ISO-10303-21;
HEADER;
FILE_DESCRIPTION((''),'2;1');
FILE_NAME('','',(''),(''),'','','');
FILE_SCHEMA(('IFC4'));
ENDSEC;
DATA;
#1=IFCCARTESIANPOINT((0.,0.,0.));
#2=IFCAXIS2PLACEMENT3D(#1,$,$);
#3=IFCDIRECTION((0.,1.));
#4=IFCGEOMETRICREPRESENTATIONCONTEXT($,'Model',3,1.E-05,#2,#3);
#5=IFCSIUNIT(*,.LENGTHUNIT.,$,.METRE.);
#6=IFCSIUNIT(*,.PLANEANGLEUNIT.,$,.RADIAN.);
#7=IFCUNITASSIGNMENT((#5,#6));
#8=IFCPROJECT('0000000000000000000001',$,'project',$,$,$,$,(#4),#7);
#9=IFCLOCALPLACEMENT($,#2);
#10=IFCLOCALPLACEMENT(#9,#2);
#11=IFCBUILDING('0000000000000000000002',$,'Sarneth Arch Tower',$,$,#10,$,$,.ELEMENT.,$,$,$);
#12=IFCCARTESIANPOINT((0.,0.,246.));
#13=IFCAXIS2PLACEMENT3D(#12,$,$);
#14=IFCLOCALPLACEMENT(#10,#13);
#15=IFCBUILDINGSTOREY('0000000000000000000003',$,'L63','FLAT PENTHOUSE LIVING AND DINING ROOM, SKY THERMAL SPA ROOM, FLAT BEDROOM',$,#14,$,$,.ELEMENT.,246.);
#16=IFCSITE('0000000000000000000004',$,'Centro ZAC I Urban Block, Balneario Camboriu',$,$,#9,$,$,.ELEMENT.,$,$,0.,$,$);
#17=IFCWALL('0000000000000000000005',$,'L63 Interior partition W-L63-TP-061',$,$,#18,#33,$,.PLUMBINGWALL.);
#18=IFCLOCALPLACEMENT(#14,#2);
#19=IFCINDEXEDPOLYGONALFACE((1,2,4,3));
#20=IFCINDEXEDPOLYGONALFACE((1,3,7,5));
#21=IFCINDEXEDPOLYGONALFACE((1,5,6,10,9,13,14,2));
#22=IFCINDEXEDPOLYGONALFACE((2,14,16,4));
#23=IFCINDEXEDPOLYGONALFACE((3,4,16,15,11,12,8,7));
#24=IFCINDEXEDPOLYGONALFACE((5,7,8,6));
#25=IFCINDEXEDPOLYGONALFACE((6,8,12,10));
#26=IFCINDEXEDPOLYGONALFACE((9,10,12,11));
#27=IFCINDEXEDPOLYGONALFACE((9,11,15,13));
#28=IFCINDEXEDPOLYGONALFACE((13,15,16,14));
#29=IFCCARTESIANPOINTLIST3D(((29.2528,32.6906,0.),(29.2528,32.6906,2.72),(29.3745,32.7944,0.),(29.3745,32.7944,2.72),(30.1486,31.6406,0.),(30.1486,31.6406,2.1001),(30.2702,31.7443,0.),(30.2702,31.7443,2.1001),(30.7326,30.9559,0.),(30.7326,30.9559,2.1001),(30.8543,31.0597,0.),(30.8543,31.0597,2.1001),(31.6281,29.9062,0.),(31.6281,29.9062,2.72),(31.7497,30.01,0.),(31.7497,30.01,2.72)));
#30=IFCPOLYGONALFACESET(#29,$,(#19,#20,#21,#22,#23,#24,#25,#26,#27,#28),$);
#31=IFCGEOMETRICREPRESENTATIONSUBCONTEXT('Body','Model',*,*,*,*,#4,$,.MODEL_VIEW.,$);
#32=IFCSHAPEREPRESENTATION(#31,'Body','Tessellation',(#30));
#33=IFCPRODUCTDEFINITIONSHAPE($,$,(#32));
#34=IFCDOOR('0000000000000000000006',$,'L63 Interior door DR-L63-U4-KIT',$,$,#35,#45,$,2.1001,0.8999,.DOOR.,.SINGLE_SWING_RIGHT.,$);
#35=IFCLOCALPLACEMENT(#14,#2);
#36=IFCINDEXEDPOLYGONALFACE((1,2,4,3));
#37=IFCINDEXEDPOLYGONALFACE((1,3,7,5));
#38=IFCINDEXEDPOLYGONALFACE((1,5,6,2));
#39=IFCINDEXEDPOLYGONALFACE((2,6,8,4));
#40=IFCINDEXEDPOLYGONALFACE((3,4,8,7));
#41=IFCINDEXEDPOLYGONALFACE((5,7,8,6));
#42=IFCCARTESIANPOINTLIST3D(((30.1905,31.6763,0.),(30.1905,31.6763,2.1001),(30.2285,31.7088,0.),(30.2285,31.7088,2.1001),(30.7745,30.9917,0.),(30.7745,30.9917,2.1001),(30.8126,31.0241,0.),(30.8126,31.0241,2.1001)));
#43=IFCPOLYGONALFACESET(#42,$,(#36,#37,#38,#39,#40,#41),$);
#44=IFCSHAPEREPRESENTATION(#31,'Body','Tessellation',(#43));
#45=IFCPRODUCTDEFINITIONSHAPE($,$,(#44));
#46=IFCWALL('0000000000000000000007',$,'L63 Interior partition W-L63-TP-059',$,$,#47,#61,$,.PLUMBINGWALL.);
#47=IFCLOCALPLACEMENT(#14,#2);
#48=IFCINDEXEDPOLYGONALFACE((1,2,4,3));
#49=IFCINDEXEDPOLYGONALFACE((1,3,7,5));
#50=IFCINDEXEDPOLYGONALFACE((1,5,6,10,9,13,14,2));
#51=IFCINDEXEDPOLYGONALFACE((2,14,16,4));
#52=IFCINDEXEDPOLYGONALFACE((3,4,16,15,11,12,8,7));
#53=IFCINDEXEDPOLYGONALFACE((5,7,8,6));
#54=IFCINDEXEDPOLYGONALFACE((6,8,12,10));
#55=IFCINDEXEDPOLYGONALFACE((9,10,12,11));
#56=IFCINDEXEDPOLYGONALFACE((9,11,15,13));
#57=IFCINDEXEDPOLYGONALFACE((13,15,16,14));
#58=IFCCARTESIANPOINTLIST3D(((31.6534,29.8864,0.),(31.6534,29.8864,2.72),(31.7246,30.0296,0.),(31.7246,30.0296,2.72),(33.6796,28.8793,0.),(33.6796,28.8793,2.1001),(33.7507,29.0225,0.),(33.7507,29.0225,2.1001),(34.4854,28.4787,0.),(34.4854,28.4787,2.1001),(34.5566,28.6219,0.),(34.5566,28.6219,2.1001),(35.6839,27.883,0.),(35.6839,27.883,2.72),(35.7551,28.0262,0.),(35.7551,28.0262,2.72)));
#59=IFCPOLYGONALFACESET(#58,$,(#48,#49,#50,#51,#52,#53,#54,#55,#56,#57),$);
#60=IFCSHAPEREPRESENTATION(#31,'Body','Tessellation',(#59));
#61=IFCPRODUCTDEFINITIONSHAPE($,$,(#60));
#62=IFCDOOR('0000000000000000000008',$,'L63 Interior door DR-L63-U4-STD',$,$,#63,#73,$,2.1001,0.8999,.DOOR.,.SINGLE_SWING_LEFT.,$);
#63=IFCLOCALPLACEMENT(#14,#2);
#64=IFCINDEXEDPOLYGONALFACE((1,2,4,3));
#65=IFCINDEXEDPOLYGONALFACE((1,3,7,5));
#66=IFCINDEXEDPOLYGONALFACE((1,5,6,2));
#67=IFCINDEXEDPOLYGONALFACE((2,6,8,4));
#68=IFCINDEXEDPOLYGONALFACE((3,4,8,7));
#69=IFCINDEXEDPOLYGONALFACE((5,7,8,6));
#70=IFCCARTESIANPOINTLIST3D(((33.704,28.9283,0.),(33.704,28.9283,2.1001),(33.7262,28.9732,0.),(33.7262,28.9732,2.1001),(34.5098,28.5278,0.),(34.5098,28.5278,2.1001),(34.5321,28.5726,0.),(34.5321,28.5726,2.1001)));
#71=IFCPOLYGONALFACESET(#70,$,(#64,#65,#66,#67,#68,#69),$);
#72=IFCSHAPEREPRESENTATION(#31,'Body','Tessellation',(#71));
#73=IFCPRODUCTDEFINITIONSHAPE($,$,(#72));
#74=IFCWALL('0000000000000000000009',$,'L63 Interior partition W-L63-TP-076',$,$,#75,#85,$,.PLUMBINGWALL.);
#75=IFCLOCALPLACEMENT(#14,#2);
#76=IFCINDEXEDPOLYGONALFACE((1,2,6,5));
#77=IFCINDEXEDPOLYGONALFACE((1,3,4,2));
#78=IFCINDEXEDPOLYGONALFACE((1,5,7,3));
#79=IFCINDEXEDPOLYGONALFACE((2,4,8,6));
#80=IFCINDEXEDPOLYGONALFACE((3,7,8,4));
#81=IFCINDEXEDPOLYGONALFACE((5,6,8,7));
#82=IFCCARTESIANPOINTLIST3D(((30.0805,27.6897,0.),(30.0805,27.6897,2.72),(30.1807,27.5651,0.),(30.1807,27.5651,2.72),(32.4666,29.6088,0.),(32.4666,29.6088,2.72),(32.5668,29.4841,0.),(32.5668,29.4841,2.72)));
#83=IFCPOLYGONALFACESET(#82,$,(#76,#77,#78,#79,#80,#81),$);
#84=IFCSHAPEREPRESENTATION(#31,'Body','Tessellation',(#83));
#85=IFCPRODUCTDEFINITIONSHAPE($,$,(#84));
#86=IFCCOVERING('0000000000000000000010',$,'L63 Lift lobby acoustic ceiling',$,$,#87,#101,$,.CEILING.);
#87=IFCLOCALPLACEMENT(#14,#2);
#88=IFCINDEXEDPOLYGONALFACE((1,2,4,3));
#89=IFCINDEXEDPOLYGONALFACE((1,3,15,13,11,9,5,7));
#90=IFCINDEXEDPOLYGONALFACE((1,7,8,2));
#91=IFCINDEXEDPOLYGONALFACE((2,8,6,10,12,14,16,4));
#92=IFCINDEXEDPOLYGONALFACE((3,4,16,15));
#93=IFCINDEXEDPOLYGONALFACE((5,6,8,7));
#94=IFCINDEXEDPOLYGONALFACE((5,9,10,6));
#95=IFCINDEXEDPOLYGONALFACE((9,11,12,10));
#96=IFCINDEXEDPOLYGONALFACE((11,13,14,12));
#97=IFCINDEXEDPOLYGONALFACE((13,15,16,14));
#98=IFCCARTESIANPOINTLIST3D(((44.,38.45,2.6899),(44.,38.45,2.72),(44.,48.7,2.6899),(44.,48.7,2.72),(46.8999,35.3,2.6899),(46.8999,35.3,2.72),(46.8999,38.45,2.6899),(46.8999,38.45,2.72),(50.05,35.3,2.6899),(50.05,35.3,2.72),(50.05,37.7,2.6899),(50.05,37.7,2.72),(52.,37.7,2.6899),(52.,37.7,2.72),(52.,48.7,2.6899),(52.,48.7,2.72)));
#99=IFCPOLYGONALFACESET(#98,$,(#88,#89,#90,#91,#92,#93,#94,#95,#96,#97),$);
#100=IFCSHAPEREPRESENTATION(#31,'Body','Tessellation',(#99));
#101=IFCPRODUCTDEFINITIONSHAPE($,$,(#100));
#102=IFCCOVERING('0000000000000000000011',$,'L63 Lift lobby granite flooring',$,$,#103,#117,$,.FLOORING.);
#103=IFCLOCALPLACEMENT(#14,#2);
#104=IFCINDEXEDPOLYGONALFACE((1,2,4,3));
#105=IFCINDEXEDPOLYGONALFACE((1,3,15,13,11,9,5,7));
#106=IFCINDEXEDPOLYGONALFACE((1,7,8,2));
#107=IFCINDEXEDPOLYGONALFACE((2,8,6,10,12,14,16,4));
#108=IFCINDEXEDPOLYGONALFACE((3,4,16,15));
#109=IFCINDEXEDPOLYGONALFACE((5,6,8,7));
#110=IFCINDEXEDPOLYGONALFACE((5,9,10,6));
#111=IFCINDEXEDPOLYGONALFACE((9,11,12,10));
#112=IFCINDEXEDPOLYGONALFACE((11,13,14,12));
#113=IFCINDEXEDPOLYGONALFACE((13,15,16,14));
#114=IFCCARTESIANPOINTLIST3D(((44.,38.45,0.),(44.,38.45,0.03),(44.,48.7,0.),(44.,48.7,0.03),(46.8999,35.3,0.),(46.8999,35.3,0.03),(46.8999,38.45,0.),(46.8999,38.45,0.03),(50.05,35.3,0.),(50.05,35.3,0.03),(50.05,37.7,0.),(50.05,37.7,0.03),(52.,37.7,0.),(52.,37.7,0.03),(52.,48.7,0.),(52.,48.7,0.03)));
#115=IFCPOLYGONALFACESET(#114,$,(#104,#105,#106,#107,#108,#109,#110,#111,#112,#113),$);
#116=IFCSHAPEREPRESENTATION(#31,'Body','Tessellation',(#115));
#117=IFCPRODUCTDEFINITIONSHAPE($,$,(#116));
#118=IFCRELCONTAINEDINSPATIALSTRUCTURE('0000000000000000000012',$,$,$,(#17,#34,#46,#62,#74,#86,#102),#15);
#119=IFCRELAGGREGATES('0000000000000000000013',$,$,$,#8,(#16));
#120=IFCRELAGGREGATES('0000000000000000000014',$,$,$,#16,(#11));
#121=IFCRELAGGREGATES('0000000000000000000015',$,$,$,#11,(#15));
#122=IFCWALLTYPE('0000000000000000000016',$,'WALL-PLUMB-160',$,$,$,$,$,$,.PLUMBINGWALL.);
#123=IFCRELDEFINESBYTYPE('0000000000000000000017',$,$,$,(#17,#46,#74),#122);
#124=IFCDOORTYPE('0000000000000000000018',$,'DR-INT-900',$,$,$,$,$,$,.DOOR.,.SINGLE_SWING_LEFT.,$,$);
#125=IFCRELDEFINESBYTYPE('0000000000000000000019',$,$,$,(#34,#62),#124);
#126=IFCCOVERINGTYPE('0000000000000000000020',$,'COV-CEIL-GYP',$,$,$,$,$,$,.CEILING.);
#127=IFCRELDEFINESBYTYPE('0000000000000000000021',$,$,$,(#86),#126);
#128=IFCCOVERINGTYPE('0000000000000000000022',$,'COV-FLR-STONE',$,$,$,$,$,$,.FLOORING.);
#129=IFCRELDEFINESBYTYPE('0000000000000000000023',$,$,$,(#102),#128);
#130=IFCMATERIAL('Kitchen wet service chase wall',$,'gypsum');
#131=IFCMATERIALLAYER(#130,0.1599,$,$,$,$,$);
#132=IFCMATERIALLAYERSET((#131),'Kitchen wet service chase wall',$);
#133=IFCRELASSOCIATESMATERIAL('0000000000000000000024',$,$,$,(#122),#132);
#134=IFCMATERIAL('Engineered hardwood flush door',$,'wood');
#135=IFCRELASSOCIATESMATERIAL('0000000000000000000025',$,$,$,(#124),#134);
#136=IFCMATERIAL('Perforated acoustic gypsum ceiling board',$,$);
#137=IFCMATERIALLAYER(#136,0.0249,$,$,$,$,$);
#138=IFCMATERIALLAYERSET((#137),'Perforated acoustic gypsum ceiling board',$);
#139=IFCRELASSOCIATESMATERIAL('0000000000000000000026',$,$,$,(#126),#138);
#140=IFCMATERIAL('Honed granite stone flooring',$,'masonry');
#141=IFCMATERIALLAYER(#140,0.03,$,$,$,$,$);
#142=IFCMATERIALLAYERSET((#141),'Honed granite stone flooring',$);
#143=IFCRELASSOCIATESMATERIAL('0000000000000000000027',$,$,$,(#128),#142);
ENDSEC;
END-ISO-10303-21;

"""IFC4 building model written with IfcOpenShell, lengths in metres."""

from ifc_helpers import new_model, si_unit, direction, frame, frame_2d, origin, place, context, subcontext, project, spatial, polyline, rectangle, outline, extrude, material, layer, layer_set, type_object, element, fill, save


model = new_model("IFC4")

# Units and contexts
model_context = context("Model", 3, precision=1e-05, world=origin(), true_north=direction((0.0, 1.0)))
body_context = subcontext(model_context, "Body", "Model", "MODEL_VIEW")
ifc_project = project(units=[si_unit("LENGTHUNIT", "METRE"), si_unit("PLANEANGLEUNIT", "RADIAN")], contexts=[model_context])

# Site, building, storey
site_placement = place(None, origin())
site = spatial("IfcSite", under=ifc_project, at=site_placement, Name="Centro ZAC I Urban Block, Balneario Camboriu", CompositionType="ELEMENT", RefElevation=0.0)
building_placement = place(site_placement, origin())
building = spatial("IfcBuilding", under=site, at=building_placement, Name="Sarneth Arch Tower", CompositionType="ELEMENT")
storey_placement = place(building_placement, frame((0.0, 0.0, 246.0)))
storey = spatial("IfcBuildingStorey", under=building, at=storey_placement, Name="L63", Description="FLAT PENTHOUSE LIVING AND DINING ROOM, SKY THERMAL SPA ROOM, FLAT BEDROOM", CompositionType="ELEMENT", Elevation=246.0)

# Walls, openings, doors
ifc_material_1 = material(Name="Kitchen wet service chase wall", Category="gypsum")
ifc_layer_1 = layer(ifc_material_1, 0.1599)
ifc_layer_set_1 = layer_set([ifc_layer_1], Name="Kitchen wet service chase wall")
wall_type_1 = type_object("IfcWallType", Name="WALL-PLUMB-160", PredefinedType="PLUMBINGWALL", material=ifc_layer_set_1)
wall_1_placement = place(storey_placement, frame((31.689, 29.958, 0.0), z_axis=(0.0, 0.0, 1.0), x_axis=(-0.648993, 0.760794, 0.0)))
wall_1 = element("IfcWall", 1, at=wall_1_placement, inside=storey, type_object=wall_type_1, Name="L63 Interior partition W-L63-TP-061", PredefinedType="PLUMBINGWALL", context=body_context, shape_type="SweptSolid", body=[
    extrude(rectangle(XDim=3.6599, YDim=0.1599, at=frame_2d((1.8301, 0.0))), origin(), (0.0, 0.0, 1.0), 2.72),
])
opening_1_placement = place(wall_1_placement, frame((1.3799, 0.0, 0.0)))
opening_1 = element("IfcOpeningElement", 2, at=opening_1_placement, cuts=wall_1, PredefinedType="OPENING", context=body_context, shape_type="SweptSolid", body=[
    extrude(rectangle(XDim=0.8999, YDim=2.1001, at=frame_2d((0.45, 1.05))), frame((0.0, 0.0898, 0.0), z_axis=(0.0, -1.0, 0.0), x_axis=(1.0, 0.0, 0.0)), (0.0, 0.0, 1.0), 0.1799),
])
ifc_material_2 = material(Name="Engineered hardwood flush door", Category="wood")
door_type = type_object("IfcDoorType", Name="DR-INT-900", OperationType="SINGLE_SWING_LEFT", PredefinedType="DOOR", material=ifc_material_2)
door_1_placement = place(opening_1_placement, origin())
door_1 = element("IfcDoor", 3, at=door_1_placement, inside=storey, type_object=door_type, Name="L63 Interior door DR-L63-U4-KIT", OperationType="SINGLE_SWING_RIGHT", OverallHeight=2.1001, OverallWidth=0.8999, PredefinedType="DOOR", context=body_context, shape_type="SweptSolid", body=[
    extrude(rectangle(XDim=0.8999, YDim=2.1001, at=frame_2d((0.45, 1.05))), frame((0.0, 0.0249, 0.0), z_axis=(0.0, -1.0, 0.0), x_axis=(1.0, 0.0, 0.0)), (0.0, 0.0, 1.0), 0.05),
])
fill(opening_1, door_1)
wall_2_placement = place(storey_placement, frame((31.689, 29.958, 0.0), z_axis=(0.0, 0.0, 1.0), x_axis=(0.895477, -0.445108, 0.0)))
wall_2 = element("IfcWall", 4, at=wall_2_placement, inside=storey, type_object=wall_type_1, Name="L63 Interior partition W-L63-TP-059", PredefinedType="PLUMBINGWALL", context=body_context, shape_type="SweptSolid", body=[
    extrude(rectangle(XDim=4.501, YDim=0.1599, at=frame_2d((2.2505, 0.0))), origin(), (0.0, 0.0, 1.0), 2.72),
])
opening_2_placement = place(wall_2_placement, frame((2.2627, 0.0, 0.0)))
opening_2 = element("IfcOpeningElement", 5, at=opening_2_placement, cuts=wall_2, PredefinedType="OPENING", context=body_context, shape_type="SweptSolid", body=[
    extrude(rectangle(XDim=0.8999, YDim=2.1001, at=frame_2d((0.45, 1.05))), frame((0.0, 0.0898, 0.0), z_axis=(0.0, -1.0, 0.0), x_axis=(1.0, 0.0, 0.0)), (0.0, 0.0, 1.0), 0.1799),
])
door_2_placement = place(opening_2_placement, origin())
door_2 = element("IfcDoor", 6, at=door_2_placement, inside=storey, type_object=door_type, Name="L63 Interior door DR-L63-U4-STD", OperationType="SINGLE_SWING_LEFT", OverallHeight=2.1001, OverallWidth=0.8999, PredefinedType="DOOR", context=body_context, shape_type="SweptSolid", body=[
    extrude(rectangle(XDim=0.8999, YDim=2.1001, at=frame_2d((0.45, 1.05))), frame((0.0, 0.0249, 0.0), z_axis=(0.0, -1.0, 0.0), x_axis=(1.0, 0.0, 0.0)), (0.0, 0.0, 1.0), 0.05),
])
fill(opening_2, door_2)

# Wall
wall_3_placement = place(storey_placement, frame((30.1306, 27.6274, 0.0), z_axis=(0.0, 0.0, 1.0), x_axis=(0.779248, 0.626715, 0.0)))
element("IfcWall", 7, at=wall_3_placement, inside=storey, type_object=wall_type_1, Name="L63 Interior partition W-L63-TP-076", PredefinedType="PLUMBINGWALL", context=body_context, shape_type="SweptSolid", body=[
    extrude(rectangle(XDim=3.062, YDim=0.1599, at=frame_2d((1.531, 0.0))), origin(), (0.0, 0.0, 1.0), 2.72),
])

# Coverings
ifc_material_3 = material(Name="Perforated acoustic gypsum ceiling board")
ifc_layer_2 = layer(ifc_material_3, 0.0249)
ifc_layer_set_2 = layer_set([ifc_layer_2], Name="Perforated acoustic gypsum ceiling board")
covering_type_1 = type_object("IfcCoveringType", Name="COV-CEIL-GYP", PredefinedType="CEILING", material=ifc_layer_set_2)
covering_1_placement = place(storey_placement, frame((0.0, 0.0, 2.6899)))
element("IfcCovering", 8, at=covering_1_placement, inside=storey, type_object=covering_type_1, Name="L63 Lift lobby acoustic ceiling", PredefinedType="CEILING", context=body_context, shape_type="SweptSolid", body=[
    extrude(outline(polyline([(52.0, 37.7), (50.05, 37.7), (50.05, 35.3), (46.8999, 35.3), (46.8999, 38.45), (44.0, 38.45), (44.0, 48.7), (52.0, 48.7), (52.0, 37.7)])), origin(), (0.0, 0.0, 1.0), 0.03),
])
ifc_material_4 = material(Name="Honed granite stone flooring", Category="masonry")
ifc_layer_3 = layer(ifc_material_4, 0.03)
ifc_layer_set_3 = layer_set([ifc_layer_3], Name="Honed granite stone flooring")
covering_type_2 = type_object("IfcCoveringType", Name="COV-FLR-STONE", PredefinedType="FLOORING", material=ifc_layer_set_3)
covering_2_placement = place(storey_placement, origin())
element("IfcCovering", 9, at=covering_2_placement, inside=storey, type_object=covering_type_2, Name="L63 Lift lobby granite flooring", PredefinedType="FLOORING", context=body_context, shape_type="SweptSolid", body=[
    extrude(outline(polyline([(52.0, 37.7), (50.05, 37.7), (50.05, 35.3), (46.8999, 35.3), (46.8999, 38.45), (44.0, 38.45), (44.0, 48.7), (52.0, 48.7), (52.0, 37.7)])), origin(), (0.0, 0.0, 1.0), 0.03),
])

save(model, "model.ifc")
